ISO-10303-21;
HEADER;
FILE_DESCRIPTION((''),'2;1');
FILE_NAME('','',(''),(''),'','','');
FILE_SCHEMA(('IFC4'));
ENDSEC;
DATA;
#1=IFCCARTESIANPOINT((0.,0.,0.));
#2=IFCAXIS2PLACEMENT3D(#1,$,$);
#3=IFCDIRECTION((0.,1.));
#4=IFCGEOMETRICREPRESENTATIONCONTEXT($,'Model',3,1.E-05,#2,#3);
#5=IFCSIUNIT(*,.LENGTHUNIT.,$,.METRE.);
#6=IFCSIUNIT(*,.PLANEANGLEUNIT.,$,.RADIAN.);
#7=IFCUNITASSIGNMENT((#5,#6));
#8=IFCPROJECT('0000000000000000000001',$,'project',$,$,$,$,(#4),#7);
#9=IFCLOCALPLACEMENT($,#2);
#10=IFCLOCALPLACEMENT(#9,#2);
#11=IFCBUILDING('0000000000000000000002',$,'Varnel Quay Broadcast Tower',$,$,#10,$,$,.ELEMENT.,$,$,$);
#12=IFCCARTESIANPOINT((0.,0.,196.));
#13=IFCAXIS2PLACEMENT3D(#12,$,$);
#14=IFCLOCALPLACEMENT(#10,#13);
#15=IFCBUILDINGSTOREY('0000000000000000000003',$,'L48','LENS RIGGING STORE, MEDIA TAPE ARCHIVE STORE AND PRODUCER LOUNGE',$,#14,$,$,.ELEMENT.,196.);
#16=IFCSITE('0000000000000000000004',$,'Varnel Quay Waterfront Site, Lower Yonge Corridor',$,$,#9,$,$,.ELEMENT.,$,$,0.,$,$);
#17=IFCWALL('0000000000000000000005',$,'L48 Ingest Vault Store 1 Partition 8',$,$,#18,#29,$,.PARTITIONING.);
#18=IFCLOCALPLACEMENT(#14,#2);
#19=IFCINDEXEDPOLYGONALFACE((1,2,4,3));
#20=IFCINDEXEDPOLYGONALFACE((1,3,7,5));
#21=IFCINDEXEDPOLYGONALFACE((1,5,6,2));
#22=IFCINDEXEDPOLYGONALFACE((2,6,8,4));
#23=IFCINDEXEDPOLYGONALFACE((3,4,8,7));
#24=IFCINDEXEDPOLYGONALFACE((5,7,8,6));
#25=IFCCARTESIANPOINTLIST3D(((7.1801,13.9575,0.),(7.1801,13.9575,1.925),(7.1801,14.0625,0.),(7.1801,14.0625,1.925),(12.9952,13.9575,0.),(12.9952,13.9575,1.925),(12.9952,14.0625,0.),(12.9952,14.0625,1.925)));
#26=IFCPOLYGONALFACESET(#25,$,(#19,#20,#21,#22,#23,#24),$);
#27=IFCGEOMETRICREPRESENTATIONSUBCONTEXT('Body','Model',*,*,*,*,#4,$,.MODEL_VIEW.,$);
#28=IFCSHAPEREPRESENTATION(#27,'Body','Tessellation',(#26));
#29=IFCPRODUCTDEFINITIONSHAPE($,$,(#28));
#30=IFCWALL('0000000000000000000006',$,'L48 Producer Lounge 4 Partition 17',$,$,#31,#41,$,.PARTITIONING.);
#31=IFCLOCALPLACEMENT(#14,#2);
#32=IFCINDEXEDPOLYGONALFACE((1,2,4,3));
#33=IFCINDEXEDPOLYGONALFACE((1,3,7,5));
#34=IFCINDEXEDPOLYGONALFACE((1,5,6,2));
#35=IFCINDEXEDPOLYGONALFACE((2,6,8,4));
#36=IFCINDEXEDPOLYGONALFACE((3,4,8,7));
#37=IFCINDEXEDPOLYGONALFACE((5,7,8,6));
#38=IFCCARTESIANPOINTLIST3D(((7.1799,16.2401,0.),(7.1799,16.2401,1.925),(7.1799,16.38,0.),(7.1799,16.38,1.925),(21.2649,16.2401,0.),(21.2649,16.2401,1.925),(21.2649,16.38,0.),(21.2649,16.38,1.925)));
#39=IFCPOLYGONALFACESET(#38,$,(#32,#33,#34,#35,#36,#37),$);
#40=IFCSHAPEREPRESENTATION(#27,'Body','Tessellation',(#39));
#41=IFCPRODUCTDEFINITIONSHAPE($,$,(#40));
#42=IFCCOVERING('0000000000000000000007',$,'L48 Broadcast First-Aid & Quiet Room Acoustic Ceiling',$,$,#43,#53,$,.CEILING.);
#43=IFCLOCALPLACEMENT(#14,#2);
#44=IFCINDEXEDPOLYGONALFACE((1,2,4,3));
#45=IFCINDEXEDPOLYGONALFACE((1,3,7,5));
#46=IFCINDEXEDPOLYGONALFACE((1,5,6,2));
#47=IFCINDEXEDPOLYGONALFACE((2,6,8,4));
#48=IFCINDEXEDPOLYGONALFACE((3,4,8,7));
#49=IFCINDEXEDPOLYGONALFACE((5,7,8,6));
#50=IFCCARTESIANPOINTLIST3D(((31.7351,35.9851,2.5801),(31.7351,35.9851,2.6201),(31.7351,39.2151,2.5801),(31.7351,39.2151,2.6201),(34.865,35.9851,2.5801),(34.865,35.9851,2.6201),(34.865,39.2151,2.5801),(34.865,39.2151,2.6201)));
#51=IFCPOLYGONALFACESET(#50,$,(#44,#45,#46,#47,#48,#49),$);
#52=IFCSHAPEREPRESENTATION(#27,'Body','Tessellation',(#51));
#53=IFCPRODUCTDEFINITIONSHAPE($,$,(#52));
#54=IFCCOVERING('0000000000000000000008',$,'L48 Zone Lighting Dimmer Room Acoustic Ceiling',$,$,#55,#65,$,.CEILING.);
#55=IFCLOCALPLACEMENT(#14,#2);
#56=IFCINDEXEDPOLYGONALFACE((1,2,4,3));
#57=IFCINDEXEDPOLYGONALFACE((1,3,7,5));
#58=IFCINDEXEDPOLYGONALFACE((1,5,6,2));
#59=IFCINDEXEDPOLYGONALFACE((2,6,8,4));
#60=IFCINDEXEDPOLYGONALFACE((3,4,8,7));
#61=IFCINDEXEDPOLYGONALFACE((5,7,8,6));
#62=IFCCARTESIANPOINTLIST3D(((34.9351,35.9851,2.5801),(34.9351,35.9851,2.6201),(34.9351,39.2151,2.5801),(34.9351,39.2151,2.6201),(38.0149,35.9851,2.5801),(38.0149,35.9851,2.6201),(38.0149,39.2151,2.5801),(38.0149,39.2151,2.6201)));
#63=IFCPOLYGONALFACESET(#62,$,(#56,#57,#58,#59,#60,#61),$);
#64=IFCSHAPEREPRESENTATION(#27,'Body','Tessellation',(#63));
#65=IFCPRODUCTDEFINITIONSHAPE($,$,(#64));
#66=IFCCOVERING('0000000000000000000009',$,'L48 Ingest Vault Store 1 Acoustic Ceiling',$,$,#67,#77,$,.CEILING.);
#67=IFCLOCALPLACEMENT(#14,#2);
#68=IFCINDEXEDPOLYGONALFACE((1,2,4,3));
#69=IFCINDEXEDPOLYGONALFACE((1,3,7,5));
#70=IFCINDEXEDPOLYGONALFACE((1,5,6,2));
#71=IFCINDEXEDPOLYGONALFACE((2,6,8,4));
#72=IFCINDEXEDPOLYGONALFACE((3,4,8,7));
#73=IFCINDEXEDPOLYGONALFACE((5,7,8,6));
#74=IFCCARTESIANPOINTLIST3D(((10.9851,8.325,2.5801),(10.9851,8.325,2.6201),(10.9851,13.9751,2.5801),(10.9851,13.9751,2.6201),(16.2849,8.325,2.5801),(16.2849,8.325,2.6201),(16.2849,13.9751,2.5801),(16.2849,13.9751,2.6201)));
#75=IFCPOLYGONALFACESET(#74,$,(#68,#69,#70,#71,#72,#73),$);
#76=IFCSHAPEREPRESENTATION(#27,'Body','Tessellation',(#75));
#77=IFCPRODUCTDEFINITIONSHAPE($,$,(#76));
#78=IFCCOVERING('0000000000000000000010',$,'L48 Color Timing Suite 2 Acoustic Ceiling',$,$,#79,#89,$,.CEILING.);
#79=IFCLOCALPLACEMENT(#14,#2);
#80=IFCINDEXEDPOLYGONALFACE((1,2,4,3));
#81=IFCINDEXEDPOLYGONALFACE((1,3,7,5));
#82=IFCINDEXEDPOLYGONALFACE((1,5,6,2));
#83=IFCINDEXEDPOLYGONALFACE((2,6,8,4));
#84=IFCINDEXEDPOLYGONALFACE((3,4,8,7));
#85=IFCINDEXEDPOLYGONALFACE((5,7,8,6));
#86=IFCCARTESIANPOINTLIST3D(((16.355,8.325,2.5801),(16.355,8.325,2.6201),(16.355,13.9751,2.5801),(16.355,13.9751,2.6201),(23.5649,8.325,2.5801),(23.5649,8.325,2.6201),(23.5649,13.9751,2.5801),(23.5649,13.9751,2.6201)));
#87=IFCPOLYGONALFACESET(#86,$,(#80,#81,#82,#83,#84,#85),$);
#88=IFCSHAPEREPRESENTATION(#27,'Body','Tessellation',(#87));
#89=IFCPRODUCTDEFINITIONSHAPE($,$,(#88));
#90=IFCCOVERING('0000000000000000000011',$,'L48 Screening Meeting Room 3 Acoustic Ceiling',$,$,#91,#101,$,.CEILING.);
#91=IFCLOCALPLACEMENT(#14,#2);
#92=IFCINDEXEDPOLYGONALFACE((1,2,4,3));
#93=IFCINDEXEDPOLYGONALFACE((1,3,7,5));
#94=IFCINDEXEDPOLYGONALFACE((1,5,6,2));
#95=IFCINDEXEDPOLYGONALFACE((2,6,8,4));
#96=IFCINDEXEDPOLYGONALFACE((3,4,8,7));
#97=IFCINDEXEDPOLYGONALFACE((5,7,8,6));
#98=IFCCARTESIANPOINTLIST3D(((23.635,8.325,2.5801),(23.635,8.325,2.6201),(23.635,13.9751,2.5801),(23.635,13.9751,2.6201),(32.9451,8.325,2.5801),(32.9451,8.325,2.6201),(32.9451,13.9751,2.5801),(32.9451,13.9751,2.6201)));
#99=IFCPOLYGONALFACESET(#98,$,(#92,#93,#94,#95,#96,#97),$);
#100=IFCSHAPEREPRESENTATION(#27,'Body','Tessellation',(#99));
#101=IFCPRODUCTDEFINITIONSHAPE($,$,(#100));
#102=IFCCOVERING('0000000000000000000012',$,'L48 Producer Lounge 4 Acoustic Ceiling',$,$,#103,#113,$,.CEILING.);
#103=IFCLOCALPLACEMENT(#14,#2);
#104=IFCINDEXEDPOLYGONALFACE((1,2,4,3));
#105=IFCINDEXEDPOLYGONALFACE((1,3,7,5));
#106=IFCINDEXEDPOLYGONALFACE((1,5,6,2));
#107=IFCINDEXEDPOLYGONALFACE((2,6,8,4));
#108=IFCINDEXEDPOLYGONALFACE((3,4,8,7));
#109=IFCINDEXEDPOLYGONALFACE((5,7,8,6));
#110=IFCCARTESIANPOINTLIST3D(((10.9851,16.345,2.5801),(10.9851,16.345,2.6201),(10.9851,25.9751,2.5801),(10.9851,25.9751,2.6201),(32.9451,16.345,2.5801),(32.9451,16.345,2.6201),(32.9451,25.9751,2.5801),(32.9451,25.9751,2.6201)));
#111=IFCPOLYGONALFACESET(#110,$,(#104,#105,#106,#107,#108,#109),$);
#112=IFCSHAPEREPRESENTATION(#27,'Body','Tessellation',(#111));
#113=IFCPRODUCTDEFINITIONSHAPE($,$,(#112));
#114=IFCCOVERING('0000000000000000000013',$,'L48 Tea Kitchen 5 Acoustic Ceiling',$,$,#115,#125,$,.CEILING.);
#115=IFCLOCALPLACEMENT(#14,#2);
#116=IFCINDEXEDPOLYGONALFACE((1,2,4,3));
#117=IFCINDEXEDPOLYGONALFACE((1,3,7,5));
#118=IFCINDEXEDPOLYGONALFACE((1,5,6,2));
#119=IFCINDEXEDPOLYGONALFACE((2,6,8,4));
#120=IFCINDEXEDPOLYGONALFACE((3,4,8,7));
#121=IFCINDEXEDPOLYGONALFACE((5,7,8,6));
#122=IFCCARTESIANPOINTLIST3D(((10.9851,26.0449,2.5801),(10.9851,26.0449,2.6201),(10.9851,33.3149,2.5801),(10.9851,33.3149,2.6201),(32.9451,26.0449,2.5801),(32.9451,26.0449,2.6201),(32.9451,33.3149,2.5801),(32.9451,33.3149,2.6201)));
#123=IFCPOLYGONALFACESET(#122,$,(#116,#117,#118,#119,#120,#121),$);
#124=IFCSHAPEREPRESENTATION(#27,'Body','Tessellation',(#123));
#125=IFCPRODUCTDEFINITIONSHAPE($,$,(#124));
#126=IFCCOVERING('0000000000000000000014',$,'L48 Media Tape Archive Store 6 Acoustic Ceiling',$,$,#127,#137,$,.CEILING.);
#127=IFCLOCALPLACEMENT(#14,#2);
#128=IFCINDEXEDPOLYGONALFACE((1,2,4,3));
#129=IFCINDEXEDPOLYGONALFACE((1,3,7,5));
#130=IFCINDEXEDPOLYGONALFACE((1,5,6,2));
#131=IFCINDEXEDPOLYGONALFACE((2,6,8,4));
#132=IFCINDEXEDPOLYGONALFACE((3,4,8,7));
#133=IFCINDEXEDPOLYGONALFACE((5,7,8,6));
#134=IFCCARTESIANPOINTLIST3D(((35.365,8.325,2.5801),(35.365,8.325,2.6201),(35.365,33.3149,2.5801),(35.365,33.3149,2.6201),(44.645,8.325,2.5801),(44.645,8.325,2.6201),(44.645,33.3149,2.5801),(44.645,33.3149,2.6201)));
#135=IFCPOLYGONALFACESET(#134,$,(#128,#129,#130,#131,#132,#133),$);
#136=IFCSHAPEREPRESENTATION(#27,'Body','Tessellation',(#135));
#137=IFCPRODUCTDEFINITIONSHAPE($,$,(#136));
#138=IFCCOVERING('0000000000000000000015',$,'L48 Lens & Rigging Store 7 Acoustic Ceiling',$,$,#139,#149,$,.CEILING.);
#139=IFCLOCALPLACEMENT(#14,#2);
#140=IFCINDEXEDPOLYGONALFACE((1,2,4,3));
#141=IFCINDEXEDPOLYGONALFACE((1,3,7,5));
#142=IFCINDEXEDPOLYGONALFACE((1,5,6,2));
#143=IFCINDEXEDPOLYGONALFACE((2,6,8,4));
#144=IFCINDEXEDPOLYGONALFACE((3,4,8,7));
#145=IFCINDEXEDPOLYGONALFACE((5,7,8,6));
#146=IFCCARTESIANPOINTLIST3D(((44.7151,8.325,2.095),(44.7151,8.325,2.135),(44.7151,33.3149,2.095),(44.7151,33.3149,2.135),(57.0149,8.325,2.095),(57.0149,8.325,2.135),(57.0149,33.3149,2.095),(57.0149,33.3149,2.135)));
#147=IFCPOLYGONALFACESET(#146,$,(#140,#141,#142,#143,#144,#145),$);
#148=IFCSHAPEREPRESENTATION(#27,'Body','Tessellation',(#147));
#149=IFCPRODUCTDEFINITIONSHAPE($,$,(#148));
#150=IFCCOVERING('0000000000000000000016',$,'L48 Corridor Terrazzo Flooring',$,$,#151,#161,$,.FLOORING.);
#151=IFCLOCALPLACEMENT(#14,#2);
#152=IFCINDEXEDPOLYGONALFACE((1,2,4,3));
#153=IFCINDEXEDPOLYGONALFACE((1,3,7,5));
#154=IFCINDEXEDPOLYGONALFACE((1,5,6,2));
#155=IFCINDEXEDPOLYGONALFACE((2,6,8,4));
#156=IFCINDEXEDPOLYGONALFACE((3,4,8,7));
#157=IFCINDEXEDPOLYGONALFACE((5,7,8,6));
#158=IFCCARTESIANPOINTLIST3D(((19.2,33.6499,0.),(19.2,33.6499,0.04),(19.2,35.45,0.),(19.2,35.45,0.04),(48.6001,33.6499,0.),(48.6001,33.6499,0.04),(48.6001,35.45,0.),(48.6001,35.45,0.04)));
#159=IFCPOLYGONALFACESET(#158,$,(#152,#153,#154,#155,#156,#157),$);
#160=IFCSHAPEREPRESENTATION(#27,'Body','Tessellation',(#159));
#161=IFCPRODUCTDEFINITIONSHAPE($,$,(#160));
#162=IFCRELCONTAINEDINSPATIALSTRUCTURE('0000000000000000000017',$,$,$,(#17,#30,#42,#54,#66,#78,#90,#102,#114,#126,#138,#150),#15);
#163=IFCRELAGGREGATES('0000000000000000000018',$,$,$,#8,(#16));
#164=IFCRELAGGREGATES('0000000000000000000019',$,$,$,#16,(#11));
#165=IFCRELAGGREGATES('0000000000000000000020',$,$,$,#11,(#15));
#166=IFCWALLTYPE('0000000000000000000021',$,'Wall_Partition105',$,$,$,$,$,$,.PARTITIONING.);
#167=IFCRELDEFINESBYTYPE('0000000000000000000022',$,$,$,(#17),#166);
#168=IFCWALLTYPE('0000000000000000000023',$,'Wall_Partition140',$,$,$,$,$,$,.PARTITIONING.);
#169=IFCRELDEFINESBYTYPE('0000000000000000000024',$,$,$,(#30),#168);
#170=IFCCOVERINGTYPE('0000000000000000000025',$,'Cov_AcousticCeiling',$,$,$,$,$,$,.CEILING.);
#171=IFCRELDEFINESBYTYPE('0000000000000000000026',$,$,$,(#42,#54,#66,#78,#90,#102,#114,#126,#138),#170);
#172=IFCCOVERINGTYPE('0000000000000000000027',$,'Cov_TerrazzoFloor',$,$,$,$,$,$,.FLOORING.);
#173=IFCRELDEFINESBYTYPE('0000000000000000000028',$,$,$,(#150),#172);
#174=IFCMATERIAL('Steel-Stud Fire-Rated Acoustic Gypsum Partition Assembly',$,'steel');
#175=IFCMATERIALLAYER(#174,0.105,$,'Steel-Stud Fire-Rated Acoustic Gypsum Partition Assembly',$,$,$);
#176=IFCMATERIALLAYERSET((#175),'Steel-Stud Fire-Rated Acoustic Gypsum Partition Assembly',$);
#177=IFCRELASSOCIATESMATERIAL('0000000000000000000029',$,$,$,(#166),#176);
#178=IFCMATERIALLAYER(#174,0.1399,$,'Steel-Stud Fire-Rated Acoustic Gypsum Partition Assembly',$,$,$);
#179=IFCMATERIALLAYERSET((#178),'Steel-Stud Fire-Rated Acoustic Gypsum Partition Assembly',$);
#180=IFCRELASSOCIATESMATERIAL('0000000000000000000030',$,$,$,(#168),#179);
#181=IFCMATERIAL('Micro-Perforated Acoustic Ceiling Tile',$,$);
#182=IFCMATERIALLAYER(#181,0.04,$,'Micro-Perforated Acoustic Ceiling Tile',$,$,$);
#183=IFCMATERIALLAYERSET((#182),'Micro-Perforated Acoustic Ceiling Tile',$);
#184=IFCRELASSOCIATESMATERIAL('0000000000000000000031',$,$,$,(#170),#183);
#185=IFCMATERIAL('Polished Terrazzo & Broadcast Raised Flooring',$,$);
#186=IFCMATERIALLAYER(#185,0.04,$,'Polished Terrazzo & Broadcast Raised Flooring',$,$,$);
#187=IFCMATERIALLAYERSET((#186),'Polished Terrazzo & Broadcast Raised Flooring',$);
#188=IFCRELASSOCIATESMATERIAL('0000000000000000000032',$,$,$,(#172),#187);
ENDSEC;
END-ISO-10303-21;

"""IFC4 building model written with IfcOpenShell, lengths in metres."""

from ifc_helpers import new_model, si_unit, direction, frame, frame_2d, origin, place, context, subcontext, project, spatial, polyline, rectangle, outline, extrude, material, layer, layer_set, type_object, element, save


model = new_model("IFC4")

# Units and contexts
model_context = context("Model", 3, precision=1e-05, world=origin(), true_north=direction((0.0, 1.0)))
body_context = subcontext(model_context, "Body", "Model", "MODEL_VIEW")
ifc_project = project(units=[si_unit("LENGTHUNIT", "METRE"), si_unit("PLANEANGLEUNIT", "RADIAN")], contexts=[model_context])

# Site, building, storey
site_placement = place(None, origin())
site = spatial("IfcSite", under=ifc_project, at=site_placement, Name="Varnel Quay Waterfront Site, Lower Yonge Corridor", CompositionType="ELEMENT", RefElevation=0.0)
building_placement = place(site_placement, origin())
building = spatial("IfcBuilding", under=site, at=building_placement, Name="Varnel Quay Broadcast Tower", CompositionType="ELEMENT")
storey_placement = place(building_placement, frame((0.0, 0.0, 196.0)))
storey = spatial("IfcBuildingStorey", under=building, at=storey_placement, Name="L48", Description="LENS RIGGING STORE, MEDIA TAPE ARCHIVE STORE AND PRODUCER LOUNGE", CompositionType="ELEMENT", Elevation=196.0)

# Walls
ifc_material_1 = material(Name="Steel-Stud Fire-Rated Acoustic Gypsum Partition Assembly", Category="steel")
ifc_layer_1 = layer(ifc_material_1, 0.105, Name="Steel-Stud Fire-Rated Acoustic Gypsum Partition Assembly")
ifc_layer_set_1 = layer_set([ifc_layer_1], Name="Steel-Stud Fire-Rated Acoustic Gypsum Partition Assembly")
wall_type_1 = type_object("IfcWallType", Name="Wall_Partition105", PredefinedType="PARTITIONING", material=ifc_layer_set_1)
wall_1_placement = place(storey_placement, frame((7.1799, 14.01, 0.0), z_axis=(0.0, 0.0, 1.0), x_axis=(1.0, 0.0, 0.0)))
element("IfcWall", 1, at=wall_1_placement, inside=storey, type_object=wall_type_1, Name="L48 Ingest Vault Store 1 Partition 8", PredefinedType="PARTITIONING", context=body_context, shape_type="SweptSolid", body=[
    extrude(rectangle(XDim=5.8152, YDim=0.105, at=frame_2d((2.9077, 0.0))), origin(), (0.0, 0.0, 1.0), 1.925),
])
ifc_layer_2 = layer(ifc_material_1, 0.1399, Name="Steel-Stud Fire-Rated Acoustic Gypsum Partition Assembly")
ifc_layer_set_2 = layer_set([ifc_layer_2], Name="Steel-Stud Fire-Rated Acoustic Gypsum Partition Assembly")
wall_type_2 = type_object("IfcWallType", Name="Wall_Partition140", PredefinedType="PARTITIONING", material=ifc_layer_set_2)
wall_2_placement = place(storey_placement, frame((7.1799, 16.3101, 0.0), z_axis=(0.0, 0.0, 1.0), x_axis=(1.0, 0.0, 0.0)))
element("IfcWall", 2, at=wall_2_placement, inside=storey, type_object=wall_type_2, Name="L48 Producer Lounge 4 Partition 17", PredefinedType="PARTITIONING", context=body_context, shape_type="SweptSolid", body=[
    extrude(rectangle(XDim=14.085, YDim=0.1399, at=frame_2d((7.0425, 0.0))), origin(), (0.0, 0.0, 1.0), 1.925),
])

# Coverings
ifc_material_2 = material(Name="Micro-Perforated Acoustic Ceiling Tile")
ifc_layer_3 = layer(ifc_material_2, 0.04, Name="Micro-Perforated Acoustic Ceiling Tile")
ifc_layer_set_3 = layer_set([ifc_layer_3], Name="Micro-Perforated Acoustic Ceiling Tile")
covering_type_1 = type_object("IfcCoveringType", Name="Cov_AcousticCeiling", PredefinedType="CEILING", material=ifc_layer_set_3)
covering_1_placement = place(storey_placement, frame((0.0, 0.0, 2.5801)))
element("IfcCovering", 3, at=covering_1_placement, inside=storey, type_object=covering_type_1, Name="L48 Broadcast First-Aid & Quiet Room Acoustic Ceiling", PredefinedType="CEILING", context=body_context, shape_type="SweptSolid", body=[
    extrude(outline(polyline([(31.7351, 35.9851), (34.865, 35.9851), (34.865, 39.2151), (31.7351, 39.2151), (31.7351, 35.9851)])), origin(), (0.0, 0.0, 1.0), 0.04),
])
covering_2_placement = place(storey_placement, frame((0.0, 0.0, 2.5801)))
element("IfcCovering", 4, at=covering_2_placement, inside=storey, type_object=covering_type_1, Name="L48 Zone Lighting Dimmer Room Acoustic Ceiling", PredefinedType="CEILING", context=body_context, shape_type="SweptSolid", body=[
    extrude(outline(polyline([(34.9351, 35.9851), (38.0149, 35.9851), (38.0149, 39.2151), (34.9351, 39.2151), (34.9351, 35.9851)])), origin(), (0.0, 0.0, 1.0), 0.04),
])
covering_3_placement = place(storey_placement, frame((0.0, 0.0, 2.5801)))
element("IfcCovering", 5, at=covering_3_placement, inside=storey, type_object=covering_type_1, Name="L48 Ingest Vault Store 1 Acoustic Ceiling", PredefinedType="CEILING", context=body_context, shape_type="SweptSolid", body=[
    extrude(outline(polyline([(10.9851, 8.325), (16.2849, 8.325), (16.2849, 13.9751), (10.9851, 13.9751), (10.9851, 8.325)])), origin(), (0.0, 0.0, 1.0), 0.04),
])
covering_4_placement = place(storey_placement, frame((0.0, 0.0, 2.5801)))
element("IfcCovering", 6, at=covering_4_placement, inside=storey, type_object=covering_type_1, Name="L48 Color Timing Suite 2 Acoustic Ceiling", PredefinedType="CEILING", context=body_context, shape_type="SweptSolid", body=[
    extrude(outline(polyline([(16.355, 8.325), (23.5649, 8.325), (23.5649, 13.9751), (16.355, 13.9751), (16.355, 8.325)])), origin(), (0.0, 0.0, 1.0), 0.04),
])
covering_5_placement = place(storey_placement, frame((0.0, 0.0, 2.5801)))
element("IfcCovering", 7, at=covering_5_placement, inside=storey, type_object=covering_type_1, Name="L48 Screening Meeting Room 3 Acoustic Ceiling", PredefinedType="CEILING", context=body_context, shape_type="SweptSolid", body=[
    extrude(outline(polyline([(23.635, 8.325), (32.9451, 8.325), (32.9451, 13.9751), (23.635, 13.9751), (23.635, 8.325)])), origin(), (0.0, 0.0, 1.0), 0.04),
])
covering_6_placement = place(storey_placement, frame((0.0, 0.0, 2.5801)))
element("IfcCovering", 8, at=covering_6_placement, inside=storey, type_object=covering_type_1, Name="L48 Producer Lounge 4 Acoustic Ceiling", PredefinedType="CEILING", context=body_context, shape_type="SweptSolid", body=[
    extrude(outline(polyline([(10.9851, 16.345), (32.9451, 16.345), (32.9451, 25.9751), (10.9851, 25.9751), (10.9851, 16.345)])), origin(), (0.0, 0.0, 1.0), 0.04),
])
covering_7_placement = place(storey_placement, frame((0.0, 0.0, 2.5801)))
element("IfcCovering", 9, at=covering_7_placement, inside=storey, type_object=covering_type_1, Name="L48 Tea Kitchen 5 Acoustic Ceiling", PredefinedType="CEILING", context=body_context, shape_type="SweptSolid", body=[
    extrude(outline(polyline([(10.9851, 26.0449), (32.9451, 26.0449), (32.9451, 33.3149), (10.9851, 33.3149), (10.9851, 26.0449)])), origin(), (0.0, 0.0, 1.0), 0.04),
])
covering_8_placement = place(storey_placement, frame((0.0, 0.0, 2.5801)))
element("IfcCovering", 10, at=covering_8_placement, inside=storey, type_object=covering_type_1, Name="L48 Media Tape Archive Store 6 Acoustic Ceiling", PredefinedType="CEILING", context=body_context, shape_type="SweptSolid", body=[
    extrude(outline(polyline([(35.365, 8.325), (44.645, 8.325), (44.645, 33.3149), (35.365, 33.3149), (35.365, 8.325)])), origin(), (0.0, 0.0, 1.0), 0.04),
])
covering_9_placement = place(storey_placement, frame((0.0, 0.0, 2.095)))
element("IfcCovering", 11, at=covering_9_placement, inside=storey, type_object=covering_type_1, Name="L48 Lens & Rigging Store 7 Acoustic Ceiling", PredefinedType="CEILING", context=body_context, shape_type="SweptSolid", body=[
    extrude(outline(polyline([(44.7151, 8.325), (57.0149, 8.325), (57.0149, 33.3149), (44.7151, 33.3149), (44.7151, 8.325)])), origin(), (0.0, 0.0, 1.0), 0.04),
])
ifc_material_3 = material(Name="Polished Terrazzo & Broadcast Raised Flooring")
ifc_layer_4 = layer(ifc_material_3, 0.04, Name="Polished Terrazzo & Broadcast Raised Flooring")
ifc_layer_set_4 = layer_set([ifc_layer_4], Name="Polished Terrazzo & Broadcast Raised Flooring")
covering_type_2 = type_object("IfcCoveringType", Name="Cov_TerrazzoFloor", PredefinedType="FLOORING", material=ifc_layer_set_4)
covering_10_placement = place(storey_placement, origin())
element("IfcCovering", 12, at=covering_10_placement, inside=storey, type_object=covering_type_2, Name="L48 Corridor Terrazzo Flooring", PredefinedType="FLOORING", context=body_context, shape_type="SweptSolid", body=[
    extrude(outline(polyline([(19.2, 33.6499), (48.6001, 33.6499), (48.6001, 35.45), (19.2, 35.45), (19.2, 33.6499)])), origin(), (0.0, 0.0, 1.0), 0.04),
])

save(model, "model.ifc")
